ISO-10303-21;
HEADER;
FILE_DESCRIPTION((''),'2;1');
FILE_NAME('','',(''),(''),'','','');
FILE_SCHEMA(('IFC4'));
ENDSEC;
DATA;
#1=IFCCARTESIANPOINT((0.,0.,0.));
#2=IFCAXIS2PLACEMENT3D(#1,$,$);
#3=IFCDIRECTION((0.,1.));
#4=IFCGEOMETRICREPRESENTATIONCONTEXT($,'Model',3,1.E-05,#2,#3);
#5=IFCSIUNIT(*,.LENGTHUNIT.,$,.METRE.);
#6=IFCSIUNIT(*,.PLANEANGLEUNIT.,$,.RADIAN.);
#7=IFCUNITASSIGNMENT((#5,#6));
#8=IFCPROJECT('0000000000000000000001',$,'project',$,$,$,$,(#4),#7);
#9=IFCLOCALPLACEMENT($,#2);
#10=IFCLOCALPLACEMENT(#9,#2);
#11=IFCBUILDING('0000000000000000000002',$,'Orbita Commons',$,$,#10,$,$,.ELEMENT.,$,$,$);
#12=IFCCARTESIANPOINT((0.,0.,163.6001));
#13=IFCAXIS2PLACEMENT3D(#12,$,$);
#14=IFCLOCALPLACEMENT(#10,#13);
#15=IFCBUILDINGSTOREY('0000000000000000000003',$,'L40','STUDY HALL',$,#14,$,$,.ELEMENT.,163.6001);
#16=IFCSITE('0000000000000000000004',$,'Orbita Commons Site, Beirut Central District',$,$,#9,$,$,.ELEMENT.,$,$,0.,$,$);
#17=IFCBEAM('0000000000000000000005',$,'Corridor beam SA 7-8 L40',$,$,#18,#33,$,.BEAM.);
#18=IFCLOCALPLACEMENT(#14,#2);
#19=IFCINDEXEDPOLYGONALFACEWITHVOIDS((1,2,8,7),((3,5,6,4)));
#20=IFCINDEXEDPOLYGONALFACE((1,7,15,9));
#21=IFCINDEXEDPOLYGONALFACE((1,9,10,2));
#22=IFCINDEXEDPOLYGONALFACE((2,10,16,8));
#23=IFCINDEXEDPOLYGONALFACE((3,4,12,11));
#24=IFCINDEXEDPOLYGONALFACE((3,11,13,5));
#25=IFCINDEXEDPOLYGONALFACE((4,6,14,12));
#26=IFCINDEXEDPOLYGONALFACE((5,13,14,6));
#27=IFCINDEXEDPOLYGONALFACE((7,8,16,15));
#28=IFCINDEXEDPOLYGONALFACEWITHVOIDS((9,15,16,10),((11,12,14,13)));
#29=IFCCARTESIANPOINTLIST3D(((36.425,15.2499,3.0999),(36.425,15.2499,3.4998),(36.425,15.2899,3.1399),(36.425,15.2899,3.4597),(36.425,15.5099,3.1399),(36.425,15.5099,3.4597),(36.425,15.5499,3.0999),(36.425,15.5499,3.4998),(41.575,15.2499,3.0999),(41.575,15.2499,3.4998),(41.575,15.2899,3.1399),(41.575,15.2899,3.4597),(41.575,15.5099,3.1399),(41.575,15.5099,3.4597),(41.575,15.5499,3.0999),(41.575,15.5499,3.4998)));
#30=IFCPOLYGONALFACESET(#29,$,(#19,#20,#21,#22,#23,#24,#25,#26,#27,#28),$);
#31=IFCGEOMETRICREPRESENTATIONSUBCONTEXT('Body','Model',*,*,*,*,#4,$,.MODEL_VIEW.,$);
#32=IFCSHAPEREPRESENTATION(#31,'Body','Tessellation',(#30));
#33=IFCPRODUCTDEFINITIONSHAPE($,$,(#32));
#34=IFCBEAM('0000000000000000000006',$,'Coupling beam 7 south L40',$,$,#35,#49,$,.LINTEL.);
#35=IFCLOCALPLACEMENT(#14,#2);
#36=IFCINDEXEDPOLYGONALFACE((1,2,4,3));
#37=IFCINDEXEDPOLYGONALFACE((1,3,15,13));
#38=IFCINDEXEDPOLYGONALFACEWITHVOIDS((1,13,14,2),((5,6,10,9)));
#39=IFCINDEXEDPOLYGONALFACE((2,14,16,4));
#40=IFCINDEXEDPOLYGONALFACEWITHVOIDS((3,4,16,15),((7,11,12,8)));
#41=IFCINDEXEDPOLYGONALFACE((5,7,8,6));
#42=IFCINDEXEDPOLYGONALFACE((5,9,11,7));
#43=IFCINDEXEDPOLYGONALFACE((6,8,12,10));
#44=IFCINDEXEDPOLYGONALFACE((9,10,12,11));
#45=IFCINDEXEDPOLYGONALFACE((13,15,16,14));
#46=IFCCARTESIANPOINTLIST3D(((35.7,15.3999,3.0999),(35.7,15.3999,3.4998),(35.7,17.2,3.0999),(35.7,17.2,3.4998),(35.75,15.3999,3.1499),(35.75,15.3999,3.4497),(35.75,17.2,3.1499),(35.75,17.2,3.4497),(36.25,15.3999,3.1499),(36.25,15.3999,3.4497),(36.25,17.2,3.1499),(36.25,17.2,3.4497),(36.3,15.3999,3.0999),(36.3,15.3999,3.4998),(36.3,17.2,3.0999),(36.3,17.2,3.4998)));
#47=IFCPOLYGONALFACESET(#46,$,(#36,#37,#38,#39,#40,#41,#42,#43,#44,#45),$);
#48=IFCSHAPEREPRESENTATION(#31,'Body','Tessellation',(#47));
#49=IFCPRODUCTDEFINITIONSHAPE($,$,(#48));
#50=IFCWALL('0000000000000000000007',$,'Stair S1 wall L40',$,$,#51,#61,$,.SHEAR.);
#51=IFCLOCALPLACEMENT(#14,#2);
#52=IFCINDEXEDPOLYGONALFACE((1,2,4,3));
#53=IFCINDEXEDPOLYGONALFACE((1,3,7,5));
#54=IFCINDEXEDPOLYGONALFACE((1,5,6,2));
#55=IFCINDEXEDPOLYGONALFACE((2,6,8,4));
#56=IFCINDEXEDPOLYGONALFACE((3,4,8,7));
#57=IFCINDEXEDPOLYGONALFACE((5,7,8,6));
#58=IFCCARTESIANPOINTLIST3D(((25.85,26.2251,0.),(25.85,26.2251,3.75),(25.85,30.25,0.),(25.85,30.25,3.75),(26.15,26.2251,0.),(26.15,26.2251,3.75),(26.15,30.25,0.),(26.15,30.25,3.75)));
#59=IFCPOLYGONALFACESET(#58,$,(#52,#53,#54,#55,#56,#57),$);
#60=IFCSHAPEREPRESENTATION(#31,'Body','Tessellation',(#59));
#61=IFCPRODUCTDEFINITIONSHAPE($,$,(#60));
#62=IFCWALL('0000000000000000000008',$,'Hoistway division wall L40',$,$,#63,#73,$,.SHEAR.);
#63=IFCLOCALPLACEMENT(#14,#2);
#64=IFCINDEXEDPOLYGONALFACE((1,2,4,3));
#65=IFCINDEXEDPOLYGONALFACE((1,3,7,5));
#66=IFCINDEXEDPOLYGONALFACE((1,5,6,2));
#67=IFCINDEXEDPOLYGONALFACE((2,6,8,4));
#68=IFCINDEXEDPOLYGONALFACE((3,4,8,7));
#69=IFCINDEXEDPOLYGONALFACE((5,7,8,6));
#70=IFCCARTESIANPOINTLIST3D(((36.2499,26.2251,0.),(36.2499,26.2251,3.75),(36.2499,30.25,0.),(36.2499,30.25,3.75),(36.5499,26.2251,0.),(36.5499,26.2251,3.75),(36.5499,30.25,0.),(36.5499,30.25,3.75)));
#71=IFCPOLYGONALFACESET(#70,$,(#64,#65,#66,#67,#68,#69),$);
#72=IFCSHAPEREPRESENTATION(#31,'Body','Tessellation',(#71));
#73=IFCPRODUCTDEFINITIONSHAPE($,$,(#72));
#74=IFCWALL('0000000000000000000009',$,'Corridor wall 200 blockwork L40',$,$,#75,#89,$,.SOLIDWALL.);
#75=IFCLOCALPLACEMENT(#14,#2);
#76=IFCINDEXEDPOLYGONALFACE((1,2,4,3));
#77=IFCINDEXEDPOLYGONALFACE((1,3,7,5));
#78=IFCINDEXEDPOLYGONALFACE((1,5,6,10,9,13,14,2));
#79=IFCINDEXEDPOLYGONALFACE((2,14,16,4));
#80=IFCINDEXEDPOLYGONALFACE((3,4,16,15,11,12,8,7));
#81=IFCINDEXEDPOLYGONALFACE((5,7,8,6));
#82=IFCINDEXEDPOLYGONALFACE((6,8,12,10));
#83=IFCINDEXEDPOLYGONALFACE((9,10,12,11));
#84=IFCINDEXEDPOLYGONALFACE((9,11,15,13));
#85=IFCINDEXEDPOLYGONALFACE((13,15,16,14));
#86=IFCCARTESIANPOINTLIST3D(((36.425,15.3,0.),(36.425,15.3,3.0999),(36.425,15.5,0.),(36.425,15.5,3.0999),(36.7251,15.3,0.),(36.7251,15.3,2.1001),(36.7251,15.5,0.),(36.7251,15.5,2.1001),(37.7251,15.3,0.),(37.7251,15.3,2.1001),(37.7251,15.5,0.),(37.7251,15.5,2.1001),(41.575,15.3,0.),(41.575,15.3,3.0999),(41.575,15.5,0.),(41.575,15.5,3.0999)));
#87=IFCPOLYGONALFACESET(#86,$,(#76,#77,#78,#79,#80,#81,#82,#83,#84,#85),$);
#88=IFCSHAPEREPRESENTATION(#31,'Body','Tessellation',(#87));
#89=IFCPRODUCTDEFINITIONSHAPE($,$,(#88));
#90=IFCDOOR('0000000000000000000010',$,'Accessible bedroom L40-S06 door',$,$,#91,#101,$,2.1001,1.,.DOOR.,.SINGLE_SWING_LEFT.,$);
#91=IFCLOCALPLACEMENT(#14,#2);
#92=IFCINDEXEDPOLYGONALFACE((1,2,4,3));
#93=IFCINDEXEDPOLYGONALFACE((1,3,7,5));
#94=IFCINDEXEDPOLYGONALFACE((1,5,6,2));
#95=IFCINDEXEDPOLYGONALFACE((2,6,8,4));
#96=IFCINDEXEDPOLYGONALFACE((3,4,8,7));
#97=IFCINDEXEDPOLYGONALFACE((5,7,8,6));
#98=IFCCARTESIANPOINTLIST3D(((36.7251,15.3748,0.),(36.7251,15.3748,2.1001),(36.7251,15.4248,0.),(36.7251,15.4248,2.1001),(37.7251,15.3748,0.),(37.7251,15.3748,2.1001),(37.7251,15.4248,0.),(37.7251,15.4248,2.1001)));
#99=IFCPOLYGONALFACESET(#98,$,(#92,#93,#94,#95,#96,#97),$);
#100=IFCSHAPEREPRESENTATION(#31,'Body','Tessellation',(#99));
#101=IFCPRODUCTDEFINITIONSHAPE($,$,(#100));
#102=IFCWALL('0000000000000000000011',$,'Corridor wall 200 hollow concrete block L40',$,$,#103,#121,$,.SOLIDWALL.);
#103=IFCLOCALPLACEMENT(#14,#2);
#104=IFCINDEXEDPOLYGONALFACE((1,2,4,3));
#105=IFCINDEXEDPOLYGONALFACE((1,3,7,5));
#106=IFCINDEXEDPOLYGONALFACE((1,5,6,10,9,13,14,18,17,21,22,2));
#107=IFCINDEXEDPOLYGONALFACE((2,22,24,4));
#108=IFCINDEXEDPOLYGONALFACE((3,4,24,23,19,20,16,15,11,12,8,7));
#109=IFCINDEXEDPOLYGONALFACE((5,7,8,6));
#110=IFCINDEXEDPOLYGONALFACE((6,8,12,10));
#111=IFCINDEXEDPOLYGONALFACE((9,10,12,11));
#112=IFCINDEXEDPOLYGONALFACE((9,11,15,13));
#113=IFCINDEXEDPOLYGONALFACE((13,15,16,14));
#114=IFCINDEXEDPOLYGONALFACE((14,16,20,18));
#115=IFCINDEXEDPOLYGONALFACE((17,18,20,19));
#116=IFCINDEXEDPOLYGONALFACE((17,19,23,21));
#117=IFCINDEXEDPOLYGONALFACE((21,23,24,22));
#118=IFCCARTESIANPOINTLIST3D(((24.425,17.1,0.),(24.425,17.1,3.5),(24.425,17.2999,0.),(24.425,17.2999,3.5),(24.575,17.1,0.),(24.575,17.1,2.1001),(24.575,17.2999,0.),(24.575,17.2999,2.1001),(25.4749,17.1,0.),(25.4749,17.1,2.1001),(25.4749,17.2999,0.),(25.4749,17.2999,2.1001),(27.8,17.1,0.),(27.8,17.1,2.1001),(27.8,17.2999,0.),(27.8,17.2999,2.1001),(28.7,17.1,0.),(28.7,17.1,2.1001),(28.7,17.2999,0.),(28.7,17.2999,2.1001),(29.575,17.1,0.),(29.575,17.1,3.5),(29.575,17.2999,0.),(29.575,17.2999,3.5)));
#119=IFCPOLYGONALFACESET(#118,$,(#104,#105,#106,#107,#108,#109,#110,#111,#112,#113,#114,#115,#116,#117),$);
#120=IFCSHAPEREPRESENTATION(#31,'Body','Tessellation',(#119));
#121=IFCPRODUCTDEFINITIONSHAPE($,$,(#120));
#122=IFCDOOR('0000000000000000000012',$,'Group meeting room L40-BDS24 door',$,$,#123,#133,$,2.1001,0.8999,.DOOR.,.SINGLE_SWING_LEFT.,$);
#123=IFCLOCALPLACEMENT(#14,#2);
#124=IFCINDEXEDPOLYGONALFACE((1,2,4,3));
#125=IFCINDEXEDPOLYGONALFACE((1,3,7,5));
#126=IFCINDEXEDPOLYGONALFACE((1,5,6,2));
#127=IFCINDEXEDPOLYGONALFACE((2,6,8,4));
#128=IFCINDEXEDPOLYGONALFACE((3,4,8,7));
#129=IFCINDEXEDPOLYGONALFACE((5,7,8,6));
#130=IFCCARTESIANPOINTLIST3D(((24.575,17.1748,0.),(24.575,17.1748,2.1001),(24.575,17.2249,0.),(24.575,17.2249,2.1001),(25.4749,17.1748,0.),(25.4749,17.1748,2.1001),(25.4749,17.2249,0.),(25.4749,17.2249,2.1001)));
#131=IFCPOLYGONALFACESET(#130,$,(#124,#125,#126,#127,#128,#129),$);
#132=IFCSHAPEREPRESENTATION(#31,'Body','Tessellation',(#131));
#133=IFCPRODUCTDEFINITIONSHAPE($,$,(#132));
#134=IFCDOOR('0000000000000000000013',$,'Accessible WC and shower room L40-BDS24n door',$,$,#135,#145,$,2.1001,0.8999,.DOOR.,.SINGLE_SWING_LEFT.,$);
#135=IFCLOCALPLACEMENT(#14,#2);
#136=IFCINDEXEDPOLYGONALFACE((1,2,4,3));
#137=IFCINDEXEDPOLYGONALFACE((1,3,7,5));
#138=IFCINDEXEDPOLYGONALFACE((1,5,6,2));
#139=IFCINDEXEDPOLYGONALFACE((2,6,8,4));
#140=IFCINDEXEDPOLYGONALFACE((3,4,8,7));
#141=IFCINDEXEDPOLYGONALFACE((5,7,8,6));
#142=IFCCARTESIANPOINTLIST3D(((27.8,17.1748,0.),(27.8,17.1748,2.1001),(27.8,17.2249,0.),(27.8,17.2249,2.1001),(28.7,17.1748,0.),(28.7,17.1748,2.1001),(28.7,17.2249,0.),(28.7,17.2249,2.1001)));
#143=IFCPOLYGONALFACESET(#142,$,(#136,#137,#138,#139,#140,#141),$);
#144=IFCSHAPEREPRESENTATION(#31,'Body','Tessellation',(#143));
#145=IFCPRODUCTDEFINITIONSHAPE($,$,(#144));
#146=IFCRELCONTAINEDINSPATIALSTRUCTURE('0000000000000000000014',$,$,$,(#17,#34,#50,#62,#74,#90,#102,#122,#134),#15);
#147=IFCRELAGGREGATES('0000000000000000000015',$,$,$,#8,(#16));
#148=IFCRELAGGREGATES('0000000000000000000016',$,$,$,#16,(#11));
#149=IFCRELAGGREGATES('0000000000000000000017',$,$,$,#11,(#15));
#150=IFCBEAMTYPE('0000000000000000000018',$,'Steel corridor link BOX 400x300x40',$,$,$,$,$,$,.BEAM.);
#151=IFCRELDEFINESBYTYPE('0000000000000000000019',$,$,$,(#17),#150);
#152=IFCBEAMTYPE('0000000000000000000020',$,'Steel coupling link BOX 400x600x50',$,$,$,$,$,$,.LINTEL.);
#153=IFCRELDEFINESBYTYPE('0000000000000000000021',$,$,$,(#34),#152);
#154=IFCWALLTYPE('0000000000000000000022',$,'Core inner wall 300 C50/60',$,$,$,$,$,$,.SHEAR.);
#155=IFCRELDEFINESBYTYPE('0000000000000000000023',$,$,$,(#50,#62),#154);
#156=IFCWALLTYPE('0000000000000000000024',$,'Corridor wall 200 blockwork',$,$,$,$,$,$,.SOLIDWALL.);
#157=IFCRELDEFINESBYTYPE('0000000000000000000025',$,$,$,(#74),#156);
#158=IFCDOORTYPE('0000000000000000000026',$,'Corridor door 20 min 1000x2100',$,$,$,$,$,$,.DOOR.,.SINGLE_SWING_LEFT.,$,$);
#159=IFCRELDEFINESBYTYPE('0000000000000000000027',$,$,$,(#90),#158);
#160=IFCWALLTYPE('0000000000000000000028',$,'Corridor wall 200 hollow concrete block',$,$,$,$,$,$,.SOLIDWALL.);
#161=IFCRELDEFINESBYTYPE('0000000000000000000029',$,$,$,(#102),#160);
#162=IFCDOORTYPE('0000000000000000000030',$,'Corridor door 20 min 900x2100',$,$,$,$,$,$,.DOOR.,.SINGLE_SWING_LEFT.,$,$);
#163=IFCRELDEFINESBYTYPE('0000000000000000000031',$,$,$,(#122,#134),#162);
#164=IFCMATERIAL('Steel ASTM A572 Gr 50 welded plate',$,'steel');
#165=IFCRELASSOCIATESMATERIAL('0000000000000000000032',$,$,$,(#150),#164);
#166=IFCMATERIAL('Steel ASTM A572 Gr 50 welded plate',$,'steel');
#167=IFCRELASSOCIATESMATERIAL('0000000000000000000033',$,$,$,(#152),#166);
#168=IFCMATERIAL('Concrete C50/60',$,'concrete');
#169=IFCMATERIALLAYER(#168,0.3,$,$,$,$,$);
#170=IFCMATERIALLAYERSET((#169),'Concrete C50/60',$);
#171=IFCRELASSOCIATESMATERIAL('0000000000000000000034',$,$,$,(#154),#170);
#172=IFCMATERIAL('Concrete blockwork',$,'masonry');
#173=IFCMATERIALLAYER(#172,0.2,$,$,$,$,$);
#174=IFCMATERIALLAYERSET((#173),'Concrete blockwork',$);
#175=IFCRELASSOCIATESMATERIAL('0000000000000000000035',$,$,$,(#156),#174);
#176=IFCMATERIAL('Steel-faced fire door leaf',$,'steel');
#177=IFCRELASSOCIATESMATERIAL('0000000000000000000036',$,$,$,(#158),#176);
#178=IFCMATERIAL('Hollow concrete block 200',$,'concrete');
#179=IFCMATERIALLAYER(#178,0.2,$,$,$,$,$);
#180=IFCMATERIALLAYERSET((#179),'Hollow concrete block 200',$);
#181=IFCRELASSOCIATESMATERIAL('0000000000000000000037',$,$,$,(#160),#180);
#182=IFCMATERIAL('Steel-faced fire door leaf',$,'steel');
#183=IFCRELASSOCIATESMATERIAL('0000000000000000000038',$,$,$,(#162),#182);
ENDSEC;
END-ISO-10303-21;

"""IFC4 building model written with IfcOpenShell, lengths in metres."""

from ifc_helpers import new_model, si_unit, direction, frame, frame_2d, origin, origin_2d, place, context, subcontext, project, spatial, polyline, rectangle, hollow_rectangle, outline, extrude, material, layer, layer_set, material_profile, profile_set, type_object, element, fill, save


model = new_model("IFC4")

# Units and contexts
model_context = context("Model", 3, precision=1e-05, world=origin(), true_north=direction((0.0, 1.0)))
body_context = subcontext(model_context, "Body", "Model", "MODEL_VIEW")
ifc_project = project(units=[si_unit("LENGTHUNIT", "METRE"), si_unit("PLANEANGLEUNIT", "RADIAN")], contexts=[model_context])

# Site, building, storey
site_placement = place(None, origin())
site = spatial("IfcSite", under=ifc_project, at=site_placement, Name="Orbita Commons Site, Beirut Central District", CompositionType="ELEMENT", RefElevation=0.0)
building_placement = place(site_placement, origin())
building = spatial("IfcBuilding", under=site, at=building_placement, Name="Orbita Commons", CompositionType="ELEMENT")
storey_placement = place(building_placement, frame((0.0, 0.0, 163.6001)))
storey = spatial("IfcBuildingStorey", under=building, at=storey_placement, Name="L40", Description="STUDY HALL", CompositionType="ELEMENT", Elevation=163.6001)

# Beams
ifc_material_1 = material(Name="Steel ASTM A572 Gr 50 welded plate", Category="steel")
ifc_material_profile_1 = material_profile(ifc_material_1, hollow_rectangle(XDim=0.3, YDim=0.3999, WallThickness=0.04, at=origin_2d()), Name="BOX 400x300x40")
ifc_profile_set_1 = profile_set([ifc_material_profile_1], Name="Steel ASTM A572 Gr 50 welded plate")
beam_type_1 = type_object("IfcBeamType", Name="Steel corridor link BOX 400x300x40", PredefinedType="BEAM", material=ifc_profile_set_1)
beam_1_placement = place(storey_placement, frame((36.425, 15.3999, 3.2998), z_axis=(1.0, 0.0, 0.0), x_axis=(0.0, 1.0, 0.0)))
element("IfcBeam", 1, at=beam_1_placement, inside=storey, type_object=beam_type_1, Name="Corridor beam SA 7-8 L40", PredefinedType="BEAM", context=body_context, shape_type="SweptSolid", body=[
    extrude(hollow_rectangle(XDim=0.3, YDim=0.3999, WallThickness=0.04, at=origin_2d()), origin(), (0.0, 0.0, 1.0), 5.1499),
])
ifc_material_2 = material(Name="Steel ASTM A572 Gr 50 welded plate", Category="steel")
ifc_material_profile_2 = material_profile(ifc_material_2, hollow_rectangle(XDim=0.6001, YDim=0.3999, WallThickness=0.05, at=origin_2d()), Name="BOX 400x600x50")
ifc_profile_set_2 = profile_set([ifc_material_profile_2], Name="Steel ASTM A572 Gr 50 welded plate")
beam_type_2 = type_object("IfcBeamType", Name="Steel coupling link BOX 400x600x50", PredefinedType="LINTEL", material=ifc_profile_set_2)
beam_2_placement = place(storey_placement, frame((36.0, 15.3999, 3.2998), z_axis=(0.0, 1.0, 0.0), x_axis=(-1.0, 0.0, 0.0)))
element("IfcBeam", 2, at=beam_2_placement, inside=storey, type_object=beam_type_2, Name="Coupling beam 7 south L40", PredefinedType="LINTEL", context=body_context, shape_type="SweptSolid", body=[
    extrude(hollow_rectangle(XDim=0.6001, YDim=0.3999, WallThickness=0.05, at=origin_2d()), origin(), (0.0, 0.0, 1.0), 1.8),
])

# Walls
ifc_material_3 = material(Name="Concrete C50/60", Category="concrete")
ifc_layer_1 = layer(ifc_material_3, 0.3)
ifc_layer_set_1 = layer_set([ifc_layer_1], Name="Concrete C50/60")
wall_type_1 = type_object("IfcWallType", Name="Core inner wall 300 C50/60", PredefinedType="SHEAR", material=ifc_layer_set_1)
for number, where, z_axis, x_axis, name in (
    (3, (26.0, 26.2251, 0.0), (0.0, 0.0, 1.0), (0.0, 1.0, 0.0), "Stair S1 wall L40"),
    (4, (36.3999, 26.2251, 0.0), (0.0, 0.0, 1.0), (0.0, 1.0, 0.0), "Hoistway division wall L40"),
):
    element("IfcWall", number, at=place(storey_placement, frame(where, z_axis=z_axis, x_axis=x_axis)), inside=storey, type_object=wall_type_1, Name=name, PredefinedType="SHEAR", context=body_context, shape_type="SweptSolid", body=[
        extrude(rectangle(XDim=4.0249, YDim=0.3, at=frame_2d((2.0125, 0.0))), origin(), (0.0, 0.0, 1.0), 3.75),
    ])

# Wall, opening, door
ifc_material_4 = material(Name="Concrete blockwork", Category="masonry")
ifc_layer_2 = layer(ifc_material_4, 0.2)
ifc_layer_set_2 = layer_set([ifc_layer_2], Name="Concrete blockwork")
wall_type_2 = type_object("IfcWallType", Name="Corridor wall 200 blockwork", PredefinedType="SOLIDWALL", material=ifc_layer_set_2)
wall_1_placement = place(storey_placement, frame((36.425, 15.3999, 0.0), z_axis=(0.0, 0.0, 1.0), x_axis=(1.0, 0.0, 0.0)))
wall_1 = element("IfcWall", 5, at=wall_1_placement, inside=storey, type_object=wall_type_2, Name="Corridor wall 200 blockwork L40", PredefinedType="SOLIDWALL", context=body_context, shape_type="SweptSolid", body=[
    extrude(outline(polyline([(0.0, 0.0), (5.1499, 0.0), (5.1499, 3.0999), (0.0, 3.0999), (0.0, 0.0)])), frame((0.0, 0.1001, 0.0), z_axis=(0.0, -1.0, 0.0), x_axis=(1.0, 0.0, 0.0)), (0.0, 0.0, 1.0), 0.2),
])
opening_1_placement = place(wall_1_placement, frame((0.3, 0.0, 0.0)))
opening_1 = element("IfcOpeningElement", 6, at=opening_1_placement, cuts=wall_1, PredefinedType="OPENING", context=body_context, shape_type="SweptSolid", body=[
    extrude(rectangle(XDim=1.0, YDim=2.1001, at=frame_2d((0.5, 1.05))), frame((0.0, 0.1099, 0.0), z_axis=(0.0, -1.0, 0.0), x_axis=(1.0, 0.0, 0.0)), (0.0, 0.0, 1.0), 0.22),
])
ifc_material_5 = material(Name="Steel-faced fire door leaf", Category="steel")
door_type_1 = type_object("IfcDoorType", Name="Corridor door 20 min 1000x2100", OperationType="SINGLE_SWING_LEFT", PredefinedType="DOOR", material=ifc_material_5)
door_1_placement = place(opening_1_placement, origin())
door_1 = element("IfcDoor", 7, at=door_1_placement, inside=storey, type_object=door_type_1, Name="Accessible bedroom L40-S06 door", OperationType="SINGLE_SWING_LEFT", OverallHeight=2.1001, OverallWidth=1.0, PredefinedType="DOOR", context=body_context, shape_type="SweptSolid", body=[
    extrude(rectangle(XDim=1.0, YDim=2.1001, at=frame_2d((0.5, 1.05))), frame((0.0, 0.0249, 0.0), z_axis=(0.0, -1.0, 0.0), x_axis=(1.0, 0.0, 0.0)), (0.0, 0.0, 1.0), 0.05),
])
fill(opening_1, door_1)

# Wall, openings, doors
ifc_material_6 = material(Name="Hollow concrete block 200", Category="concrete")
ifc_layer_3 = layer(ifc_material_6, 0.2)
ifc_layer_set_3 = layer_set([ifc_layer_3], Name="Hollow concrete block 200")
wall_type_3 = type_object("IfcWallType", Name="Corridor wall 200 hollow concrete block", PredefinedType="SOLIDWALL", material=ifc_layer_set_3)
wall_2_placement = place(storey_placement, frame((24.425, 17.2, 0.0), z_axis=(0.0, 0.0, 1.0), x_axis=(1.0, 0.0, 0.0)))
wall_2 = element("IfcWall", 8, at=wall_2_placement, inside=storey, type_object=wall_type_3, Name="Corridor wall 200 hollow concrete block L40", PredefinedType="SOLIDWALL", context=body_context, shape_type="SweptSolid", body=[
    extrude(rectangle(XDim=5.1499, YDim=0.2, at=frame_2d((2.575, 0.0))), origin(), (0.0, 0.0, 1.0), 3.5),
])
opening_2_placement = place(wall_2_placement, frame((0.1499, 0.0, 0.0)))
opening_2 = element("IfcOpeningElement", 9, at=opening_2_placement, cuts=wall_2, PredefinedType="OPENING", context=body_context, shape_type="SweptSolid", body=[
    extrude(rectangle(XDim=0.8999, YDim=2.1001, at=frame_2d((0.45, 1.05))), frame((0.0, 0.1099, 0.0), z_axis=(0.0, -1.0, 0.0), x_axis=(1.0, 0.0, 0.0)), (0.0, 0.0, 1.0), 0.22),
])
opening_3_placement = place(wall_2_placement, frame((3.375, 0.0, 0.0)))
opening_3 = element("IfcOpeningElement", 10, at=opening_3_placement, cuts=wall_2, PredefinedType="OPENING", context=body_context, shape_type="SweptSolid", body=[
    extrude(rectangle(XDim=0.8999, YDim=2.1001, at=frame_2d((0.45, 1.05))), frame((0.0, 0.1099, 0.0), z_axis=(0.0, -1.0, 0.0), x_axis=(1.0, 0.0, 0.0)), (0.0, 0.0, 1.0), 0.22),
])
ifc_material_7 = material(Name="Steel-faced fire door leaf", Category="steel")
door_type_2 = type_object("IfcDoorType", Name="Corridor door 20 min 900x2100", OperationType="SINGLE_SWING_LEFT", PredefinedType="DOOR", material=ifc_material_7)
door_2_placement = place(opening_2_placement, origin())
door_2 = element("IfcDoor", 11, at=door_2_placement, inside=storey, type_object=door_type_2, Name="Group meeting room L40-BDS24 door", OperationType="SINGLE_SWING_LEFT", OverallHeight=2.1001, OverallWidth=0.8999, PredefinedType="DOOR", context=body_context, shape_type="SweptSolid", body=[
    extrude(rectangle(XDim=0.8999, YDim=2.1001, at=frame_2d((0.45, 1.05))), frame((0.0, 0.0249, 0.0), z_axis=(0.0, -1.0, 0.0), x_axis=(1.0, 0.0, 0.0)), (0.0, 0.0, 1.0), 0.05),
])
fill(opening_2, door_2)
door_3_placement = place(opening_3_placement, origin())
door_3 = element("IfcDoor", 12, at=door_3_placement, inside=storey, type_object=door_type_2, Name="Accessible WC and shower room L40-BDS24n door", OperationType="SINGLE_SWING_LEFT", OverallHeight=2.1001, OverallWidth=0.8999, PredefinedType="DOOR", context=body_context, shape_type="SweptSolid", body=[
    extrude(rectangle(XDim=0.8999, YDim=2.1001, at=frame_2d((0.45, 1.05))), frame((0.0, 0.0249, 0.0), z_axis=(0.0, -1.0, 0.0), x_axis=(1.0, 0.0, 0.0)), (0.0, 0.0, 1.0), 0.05),
])
fill(opening_3, door_3)

save(model, "model.ifc")
